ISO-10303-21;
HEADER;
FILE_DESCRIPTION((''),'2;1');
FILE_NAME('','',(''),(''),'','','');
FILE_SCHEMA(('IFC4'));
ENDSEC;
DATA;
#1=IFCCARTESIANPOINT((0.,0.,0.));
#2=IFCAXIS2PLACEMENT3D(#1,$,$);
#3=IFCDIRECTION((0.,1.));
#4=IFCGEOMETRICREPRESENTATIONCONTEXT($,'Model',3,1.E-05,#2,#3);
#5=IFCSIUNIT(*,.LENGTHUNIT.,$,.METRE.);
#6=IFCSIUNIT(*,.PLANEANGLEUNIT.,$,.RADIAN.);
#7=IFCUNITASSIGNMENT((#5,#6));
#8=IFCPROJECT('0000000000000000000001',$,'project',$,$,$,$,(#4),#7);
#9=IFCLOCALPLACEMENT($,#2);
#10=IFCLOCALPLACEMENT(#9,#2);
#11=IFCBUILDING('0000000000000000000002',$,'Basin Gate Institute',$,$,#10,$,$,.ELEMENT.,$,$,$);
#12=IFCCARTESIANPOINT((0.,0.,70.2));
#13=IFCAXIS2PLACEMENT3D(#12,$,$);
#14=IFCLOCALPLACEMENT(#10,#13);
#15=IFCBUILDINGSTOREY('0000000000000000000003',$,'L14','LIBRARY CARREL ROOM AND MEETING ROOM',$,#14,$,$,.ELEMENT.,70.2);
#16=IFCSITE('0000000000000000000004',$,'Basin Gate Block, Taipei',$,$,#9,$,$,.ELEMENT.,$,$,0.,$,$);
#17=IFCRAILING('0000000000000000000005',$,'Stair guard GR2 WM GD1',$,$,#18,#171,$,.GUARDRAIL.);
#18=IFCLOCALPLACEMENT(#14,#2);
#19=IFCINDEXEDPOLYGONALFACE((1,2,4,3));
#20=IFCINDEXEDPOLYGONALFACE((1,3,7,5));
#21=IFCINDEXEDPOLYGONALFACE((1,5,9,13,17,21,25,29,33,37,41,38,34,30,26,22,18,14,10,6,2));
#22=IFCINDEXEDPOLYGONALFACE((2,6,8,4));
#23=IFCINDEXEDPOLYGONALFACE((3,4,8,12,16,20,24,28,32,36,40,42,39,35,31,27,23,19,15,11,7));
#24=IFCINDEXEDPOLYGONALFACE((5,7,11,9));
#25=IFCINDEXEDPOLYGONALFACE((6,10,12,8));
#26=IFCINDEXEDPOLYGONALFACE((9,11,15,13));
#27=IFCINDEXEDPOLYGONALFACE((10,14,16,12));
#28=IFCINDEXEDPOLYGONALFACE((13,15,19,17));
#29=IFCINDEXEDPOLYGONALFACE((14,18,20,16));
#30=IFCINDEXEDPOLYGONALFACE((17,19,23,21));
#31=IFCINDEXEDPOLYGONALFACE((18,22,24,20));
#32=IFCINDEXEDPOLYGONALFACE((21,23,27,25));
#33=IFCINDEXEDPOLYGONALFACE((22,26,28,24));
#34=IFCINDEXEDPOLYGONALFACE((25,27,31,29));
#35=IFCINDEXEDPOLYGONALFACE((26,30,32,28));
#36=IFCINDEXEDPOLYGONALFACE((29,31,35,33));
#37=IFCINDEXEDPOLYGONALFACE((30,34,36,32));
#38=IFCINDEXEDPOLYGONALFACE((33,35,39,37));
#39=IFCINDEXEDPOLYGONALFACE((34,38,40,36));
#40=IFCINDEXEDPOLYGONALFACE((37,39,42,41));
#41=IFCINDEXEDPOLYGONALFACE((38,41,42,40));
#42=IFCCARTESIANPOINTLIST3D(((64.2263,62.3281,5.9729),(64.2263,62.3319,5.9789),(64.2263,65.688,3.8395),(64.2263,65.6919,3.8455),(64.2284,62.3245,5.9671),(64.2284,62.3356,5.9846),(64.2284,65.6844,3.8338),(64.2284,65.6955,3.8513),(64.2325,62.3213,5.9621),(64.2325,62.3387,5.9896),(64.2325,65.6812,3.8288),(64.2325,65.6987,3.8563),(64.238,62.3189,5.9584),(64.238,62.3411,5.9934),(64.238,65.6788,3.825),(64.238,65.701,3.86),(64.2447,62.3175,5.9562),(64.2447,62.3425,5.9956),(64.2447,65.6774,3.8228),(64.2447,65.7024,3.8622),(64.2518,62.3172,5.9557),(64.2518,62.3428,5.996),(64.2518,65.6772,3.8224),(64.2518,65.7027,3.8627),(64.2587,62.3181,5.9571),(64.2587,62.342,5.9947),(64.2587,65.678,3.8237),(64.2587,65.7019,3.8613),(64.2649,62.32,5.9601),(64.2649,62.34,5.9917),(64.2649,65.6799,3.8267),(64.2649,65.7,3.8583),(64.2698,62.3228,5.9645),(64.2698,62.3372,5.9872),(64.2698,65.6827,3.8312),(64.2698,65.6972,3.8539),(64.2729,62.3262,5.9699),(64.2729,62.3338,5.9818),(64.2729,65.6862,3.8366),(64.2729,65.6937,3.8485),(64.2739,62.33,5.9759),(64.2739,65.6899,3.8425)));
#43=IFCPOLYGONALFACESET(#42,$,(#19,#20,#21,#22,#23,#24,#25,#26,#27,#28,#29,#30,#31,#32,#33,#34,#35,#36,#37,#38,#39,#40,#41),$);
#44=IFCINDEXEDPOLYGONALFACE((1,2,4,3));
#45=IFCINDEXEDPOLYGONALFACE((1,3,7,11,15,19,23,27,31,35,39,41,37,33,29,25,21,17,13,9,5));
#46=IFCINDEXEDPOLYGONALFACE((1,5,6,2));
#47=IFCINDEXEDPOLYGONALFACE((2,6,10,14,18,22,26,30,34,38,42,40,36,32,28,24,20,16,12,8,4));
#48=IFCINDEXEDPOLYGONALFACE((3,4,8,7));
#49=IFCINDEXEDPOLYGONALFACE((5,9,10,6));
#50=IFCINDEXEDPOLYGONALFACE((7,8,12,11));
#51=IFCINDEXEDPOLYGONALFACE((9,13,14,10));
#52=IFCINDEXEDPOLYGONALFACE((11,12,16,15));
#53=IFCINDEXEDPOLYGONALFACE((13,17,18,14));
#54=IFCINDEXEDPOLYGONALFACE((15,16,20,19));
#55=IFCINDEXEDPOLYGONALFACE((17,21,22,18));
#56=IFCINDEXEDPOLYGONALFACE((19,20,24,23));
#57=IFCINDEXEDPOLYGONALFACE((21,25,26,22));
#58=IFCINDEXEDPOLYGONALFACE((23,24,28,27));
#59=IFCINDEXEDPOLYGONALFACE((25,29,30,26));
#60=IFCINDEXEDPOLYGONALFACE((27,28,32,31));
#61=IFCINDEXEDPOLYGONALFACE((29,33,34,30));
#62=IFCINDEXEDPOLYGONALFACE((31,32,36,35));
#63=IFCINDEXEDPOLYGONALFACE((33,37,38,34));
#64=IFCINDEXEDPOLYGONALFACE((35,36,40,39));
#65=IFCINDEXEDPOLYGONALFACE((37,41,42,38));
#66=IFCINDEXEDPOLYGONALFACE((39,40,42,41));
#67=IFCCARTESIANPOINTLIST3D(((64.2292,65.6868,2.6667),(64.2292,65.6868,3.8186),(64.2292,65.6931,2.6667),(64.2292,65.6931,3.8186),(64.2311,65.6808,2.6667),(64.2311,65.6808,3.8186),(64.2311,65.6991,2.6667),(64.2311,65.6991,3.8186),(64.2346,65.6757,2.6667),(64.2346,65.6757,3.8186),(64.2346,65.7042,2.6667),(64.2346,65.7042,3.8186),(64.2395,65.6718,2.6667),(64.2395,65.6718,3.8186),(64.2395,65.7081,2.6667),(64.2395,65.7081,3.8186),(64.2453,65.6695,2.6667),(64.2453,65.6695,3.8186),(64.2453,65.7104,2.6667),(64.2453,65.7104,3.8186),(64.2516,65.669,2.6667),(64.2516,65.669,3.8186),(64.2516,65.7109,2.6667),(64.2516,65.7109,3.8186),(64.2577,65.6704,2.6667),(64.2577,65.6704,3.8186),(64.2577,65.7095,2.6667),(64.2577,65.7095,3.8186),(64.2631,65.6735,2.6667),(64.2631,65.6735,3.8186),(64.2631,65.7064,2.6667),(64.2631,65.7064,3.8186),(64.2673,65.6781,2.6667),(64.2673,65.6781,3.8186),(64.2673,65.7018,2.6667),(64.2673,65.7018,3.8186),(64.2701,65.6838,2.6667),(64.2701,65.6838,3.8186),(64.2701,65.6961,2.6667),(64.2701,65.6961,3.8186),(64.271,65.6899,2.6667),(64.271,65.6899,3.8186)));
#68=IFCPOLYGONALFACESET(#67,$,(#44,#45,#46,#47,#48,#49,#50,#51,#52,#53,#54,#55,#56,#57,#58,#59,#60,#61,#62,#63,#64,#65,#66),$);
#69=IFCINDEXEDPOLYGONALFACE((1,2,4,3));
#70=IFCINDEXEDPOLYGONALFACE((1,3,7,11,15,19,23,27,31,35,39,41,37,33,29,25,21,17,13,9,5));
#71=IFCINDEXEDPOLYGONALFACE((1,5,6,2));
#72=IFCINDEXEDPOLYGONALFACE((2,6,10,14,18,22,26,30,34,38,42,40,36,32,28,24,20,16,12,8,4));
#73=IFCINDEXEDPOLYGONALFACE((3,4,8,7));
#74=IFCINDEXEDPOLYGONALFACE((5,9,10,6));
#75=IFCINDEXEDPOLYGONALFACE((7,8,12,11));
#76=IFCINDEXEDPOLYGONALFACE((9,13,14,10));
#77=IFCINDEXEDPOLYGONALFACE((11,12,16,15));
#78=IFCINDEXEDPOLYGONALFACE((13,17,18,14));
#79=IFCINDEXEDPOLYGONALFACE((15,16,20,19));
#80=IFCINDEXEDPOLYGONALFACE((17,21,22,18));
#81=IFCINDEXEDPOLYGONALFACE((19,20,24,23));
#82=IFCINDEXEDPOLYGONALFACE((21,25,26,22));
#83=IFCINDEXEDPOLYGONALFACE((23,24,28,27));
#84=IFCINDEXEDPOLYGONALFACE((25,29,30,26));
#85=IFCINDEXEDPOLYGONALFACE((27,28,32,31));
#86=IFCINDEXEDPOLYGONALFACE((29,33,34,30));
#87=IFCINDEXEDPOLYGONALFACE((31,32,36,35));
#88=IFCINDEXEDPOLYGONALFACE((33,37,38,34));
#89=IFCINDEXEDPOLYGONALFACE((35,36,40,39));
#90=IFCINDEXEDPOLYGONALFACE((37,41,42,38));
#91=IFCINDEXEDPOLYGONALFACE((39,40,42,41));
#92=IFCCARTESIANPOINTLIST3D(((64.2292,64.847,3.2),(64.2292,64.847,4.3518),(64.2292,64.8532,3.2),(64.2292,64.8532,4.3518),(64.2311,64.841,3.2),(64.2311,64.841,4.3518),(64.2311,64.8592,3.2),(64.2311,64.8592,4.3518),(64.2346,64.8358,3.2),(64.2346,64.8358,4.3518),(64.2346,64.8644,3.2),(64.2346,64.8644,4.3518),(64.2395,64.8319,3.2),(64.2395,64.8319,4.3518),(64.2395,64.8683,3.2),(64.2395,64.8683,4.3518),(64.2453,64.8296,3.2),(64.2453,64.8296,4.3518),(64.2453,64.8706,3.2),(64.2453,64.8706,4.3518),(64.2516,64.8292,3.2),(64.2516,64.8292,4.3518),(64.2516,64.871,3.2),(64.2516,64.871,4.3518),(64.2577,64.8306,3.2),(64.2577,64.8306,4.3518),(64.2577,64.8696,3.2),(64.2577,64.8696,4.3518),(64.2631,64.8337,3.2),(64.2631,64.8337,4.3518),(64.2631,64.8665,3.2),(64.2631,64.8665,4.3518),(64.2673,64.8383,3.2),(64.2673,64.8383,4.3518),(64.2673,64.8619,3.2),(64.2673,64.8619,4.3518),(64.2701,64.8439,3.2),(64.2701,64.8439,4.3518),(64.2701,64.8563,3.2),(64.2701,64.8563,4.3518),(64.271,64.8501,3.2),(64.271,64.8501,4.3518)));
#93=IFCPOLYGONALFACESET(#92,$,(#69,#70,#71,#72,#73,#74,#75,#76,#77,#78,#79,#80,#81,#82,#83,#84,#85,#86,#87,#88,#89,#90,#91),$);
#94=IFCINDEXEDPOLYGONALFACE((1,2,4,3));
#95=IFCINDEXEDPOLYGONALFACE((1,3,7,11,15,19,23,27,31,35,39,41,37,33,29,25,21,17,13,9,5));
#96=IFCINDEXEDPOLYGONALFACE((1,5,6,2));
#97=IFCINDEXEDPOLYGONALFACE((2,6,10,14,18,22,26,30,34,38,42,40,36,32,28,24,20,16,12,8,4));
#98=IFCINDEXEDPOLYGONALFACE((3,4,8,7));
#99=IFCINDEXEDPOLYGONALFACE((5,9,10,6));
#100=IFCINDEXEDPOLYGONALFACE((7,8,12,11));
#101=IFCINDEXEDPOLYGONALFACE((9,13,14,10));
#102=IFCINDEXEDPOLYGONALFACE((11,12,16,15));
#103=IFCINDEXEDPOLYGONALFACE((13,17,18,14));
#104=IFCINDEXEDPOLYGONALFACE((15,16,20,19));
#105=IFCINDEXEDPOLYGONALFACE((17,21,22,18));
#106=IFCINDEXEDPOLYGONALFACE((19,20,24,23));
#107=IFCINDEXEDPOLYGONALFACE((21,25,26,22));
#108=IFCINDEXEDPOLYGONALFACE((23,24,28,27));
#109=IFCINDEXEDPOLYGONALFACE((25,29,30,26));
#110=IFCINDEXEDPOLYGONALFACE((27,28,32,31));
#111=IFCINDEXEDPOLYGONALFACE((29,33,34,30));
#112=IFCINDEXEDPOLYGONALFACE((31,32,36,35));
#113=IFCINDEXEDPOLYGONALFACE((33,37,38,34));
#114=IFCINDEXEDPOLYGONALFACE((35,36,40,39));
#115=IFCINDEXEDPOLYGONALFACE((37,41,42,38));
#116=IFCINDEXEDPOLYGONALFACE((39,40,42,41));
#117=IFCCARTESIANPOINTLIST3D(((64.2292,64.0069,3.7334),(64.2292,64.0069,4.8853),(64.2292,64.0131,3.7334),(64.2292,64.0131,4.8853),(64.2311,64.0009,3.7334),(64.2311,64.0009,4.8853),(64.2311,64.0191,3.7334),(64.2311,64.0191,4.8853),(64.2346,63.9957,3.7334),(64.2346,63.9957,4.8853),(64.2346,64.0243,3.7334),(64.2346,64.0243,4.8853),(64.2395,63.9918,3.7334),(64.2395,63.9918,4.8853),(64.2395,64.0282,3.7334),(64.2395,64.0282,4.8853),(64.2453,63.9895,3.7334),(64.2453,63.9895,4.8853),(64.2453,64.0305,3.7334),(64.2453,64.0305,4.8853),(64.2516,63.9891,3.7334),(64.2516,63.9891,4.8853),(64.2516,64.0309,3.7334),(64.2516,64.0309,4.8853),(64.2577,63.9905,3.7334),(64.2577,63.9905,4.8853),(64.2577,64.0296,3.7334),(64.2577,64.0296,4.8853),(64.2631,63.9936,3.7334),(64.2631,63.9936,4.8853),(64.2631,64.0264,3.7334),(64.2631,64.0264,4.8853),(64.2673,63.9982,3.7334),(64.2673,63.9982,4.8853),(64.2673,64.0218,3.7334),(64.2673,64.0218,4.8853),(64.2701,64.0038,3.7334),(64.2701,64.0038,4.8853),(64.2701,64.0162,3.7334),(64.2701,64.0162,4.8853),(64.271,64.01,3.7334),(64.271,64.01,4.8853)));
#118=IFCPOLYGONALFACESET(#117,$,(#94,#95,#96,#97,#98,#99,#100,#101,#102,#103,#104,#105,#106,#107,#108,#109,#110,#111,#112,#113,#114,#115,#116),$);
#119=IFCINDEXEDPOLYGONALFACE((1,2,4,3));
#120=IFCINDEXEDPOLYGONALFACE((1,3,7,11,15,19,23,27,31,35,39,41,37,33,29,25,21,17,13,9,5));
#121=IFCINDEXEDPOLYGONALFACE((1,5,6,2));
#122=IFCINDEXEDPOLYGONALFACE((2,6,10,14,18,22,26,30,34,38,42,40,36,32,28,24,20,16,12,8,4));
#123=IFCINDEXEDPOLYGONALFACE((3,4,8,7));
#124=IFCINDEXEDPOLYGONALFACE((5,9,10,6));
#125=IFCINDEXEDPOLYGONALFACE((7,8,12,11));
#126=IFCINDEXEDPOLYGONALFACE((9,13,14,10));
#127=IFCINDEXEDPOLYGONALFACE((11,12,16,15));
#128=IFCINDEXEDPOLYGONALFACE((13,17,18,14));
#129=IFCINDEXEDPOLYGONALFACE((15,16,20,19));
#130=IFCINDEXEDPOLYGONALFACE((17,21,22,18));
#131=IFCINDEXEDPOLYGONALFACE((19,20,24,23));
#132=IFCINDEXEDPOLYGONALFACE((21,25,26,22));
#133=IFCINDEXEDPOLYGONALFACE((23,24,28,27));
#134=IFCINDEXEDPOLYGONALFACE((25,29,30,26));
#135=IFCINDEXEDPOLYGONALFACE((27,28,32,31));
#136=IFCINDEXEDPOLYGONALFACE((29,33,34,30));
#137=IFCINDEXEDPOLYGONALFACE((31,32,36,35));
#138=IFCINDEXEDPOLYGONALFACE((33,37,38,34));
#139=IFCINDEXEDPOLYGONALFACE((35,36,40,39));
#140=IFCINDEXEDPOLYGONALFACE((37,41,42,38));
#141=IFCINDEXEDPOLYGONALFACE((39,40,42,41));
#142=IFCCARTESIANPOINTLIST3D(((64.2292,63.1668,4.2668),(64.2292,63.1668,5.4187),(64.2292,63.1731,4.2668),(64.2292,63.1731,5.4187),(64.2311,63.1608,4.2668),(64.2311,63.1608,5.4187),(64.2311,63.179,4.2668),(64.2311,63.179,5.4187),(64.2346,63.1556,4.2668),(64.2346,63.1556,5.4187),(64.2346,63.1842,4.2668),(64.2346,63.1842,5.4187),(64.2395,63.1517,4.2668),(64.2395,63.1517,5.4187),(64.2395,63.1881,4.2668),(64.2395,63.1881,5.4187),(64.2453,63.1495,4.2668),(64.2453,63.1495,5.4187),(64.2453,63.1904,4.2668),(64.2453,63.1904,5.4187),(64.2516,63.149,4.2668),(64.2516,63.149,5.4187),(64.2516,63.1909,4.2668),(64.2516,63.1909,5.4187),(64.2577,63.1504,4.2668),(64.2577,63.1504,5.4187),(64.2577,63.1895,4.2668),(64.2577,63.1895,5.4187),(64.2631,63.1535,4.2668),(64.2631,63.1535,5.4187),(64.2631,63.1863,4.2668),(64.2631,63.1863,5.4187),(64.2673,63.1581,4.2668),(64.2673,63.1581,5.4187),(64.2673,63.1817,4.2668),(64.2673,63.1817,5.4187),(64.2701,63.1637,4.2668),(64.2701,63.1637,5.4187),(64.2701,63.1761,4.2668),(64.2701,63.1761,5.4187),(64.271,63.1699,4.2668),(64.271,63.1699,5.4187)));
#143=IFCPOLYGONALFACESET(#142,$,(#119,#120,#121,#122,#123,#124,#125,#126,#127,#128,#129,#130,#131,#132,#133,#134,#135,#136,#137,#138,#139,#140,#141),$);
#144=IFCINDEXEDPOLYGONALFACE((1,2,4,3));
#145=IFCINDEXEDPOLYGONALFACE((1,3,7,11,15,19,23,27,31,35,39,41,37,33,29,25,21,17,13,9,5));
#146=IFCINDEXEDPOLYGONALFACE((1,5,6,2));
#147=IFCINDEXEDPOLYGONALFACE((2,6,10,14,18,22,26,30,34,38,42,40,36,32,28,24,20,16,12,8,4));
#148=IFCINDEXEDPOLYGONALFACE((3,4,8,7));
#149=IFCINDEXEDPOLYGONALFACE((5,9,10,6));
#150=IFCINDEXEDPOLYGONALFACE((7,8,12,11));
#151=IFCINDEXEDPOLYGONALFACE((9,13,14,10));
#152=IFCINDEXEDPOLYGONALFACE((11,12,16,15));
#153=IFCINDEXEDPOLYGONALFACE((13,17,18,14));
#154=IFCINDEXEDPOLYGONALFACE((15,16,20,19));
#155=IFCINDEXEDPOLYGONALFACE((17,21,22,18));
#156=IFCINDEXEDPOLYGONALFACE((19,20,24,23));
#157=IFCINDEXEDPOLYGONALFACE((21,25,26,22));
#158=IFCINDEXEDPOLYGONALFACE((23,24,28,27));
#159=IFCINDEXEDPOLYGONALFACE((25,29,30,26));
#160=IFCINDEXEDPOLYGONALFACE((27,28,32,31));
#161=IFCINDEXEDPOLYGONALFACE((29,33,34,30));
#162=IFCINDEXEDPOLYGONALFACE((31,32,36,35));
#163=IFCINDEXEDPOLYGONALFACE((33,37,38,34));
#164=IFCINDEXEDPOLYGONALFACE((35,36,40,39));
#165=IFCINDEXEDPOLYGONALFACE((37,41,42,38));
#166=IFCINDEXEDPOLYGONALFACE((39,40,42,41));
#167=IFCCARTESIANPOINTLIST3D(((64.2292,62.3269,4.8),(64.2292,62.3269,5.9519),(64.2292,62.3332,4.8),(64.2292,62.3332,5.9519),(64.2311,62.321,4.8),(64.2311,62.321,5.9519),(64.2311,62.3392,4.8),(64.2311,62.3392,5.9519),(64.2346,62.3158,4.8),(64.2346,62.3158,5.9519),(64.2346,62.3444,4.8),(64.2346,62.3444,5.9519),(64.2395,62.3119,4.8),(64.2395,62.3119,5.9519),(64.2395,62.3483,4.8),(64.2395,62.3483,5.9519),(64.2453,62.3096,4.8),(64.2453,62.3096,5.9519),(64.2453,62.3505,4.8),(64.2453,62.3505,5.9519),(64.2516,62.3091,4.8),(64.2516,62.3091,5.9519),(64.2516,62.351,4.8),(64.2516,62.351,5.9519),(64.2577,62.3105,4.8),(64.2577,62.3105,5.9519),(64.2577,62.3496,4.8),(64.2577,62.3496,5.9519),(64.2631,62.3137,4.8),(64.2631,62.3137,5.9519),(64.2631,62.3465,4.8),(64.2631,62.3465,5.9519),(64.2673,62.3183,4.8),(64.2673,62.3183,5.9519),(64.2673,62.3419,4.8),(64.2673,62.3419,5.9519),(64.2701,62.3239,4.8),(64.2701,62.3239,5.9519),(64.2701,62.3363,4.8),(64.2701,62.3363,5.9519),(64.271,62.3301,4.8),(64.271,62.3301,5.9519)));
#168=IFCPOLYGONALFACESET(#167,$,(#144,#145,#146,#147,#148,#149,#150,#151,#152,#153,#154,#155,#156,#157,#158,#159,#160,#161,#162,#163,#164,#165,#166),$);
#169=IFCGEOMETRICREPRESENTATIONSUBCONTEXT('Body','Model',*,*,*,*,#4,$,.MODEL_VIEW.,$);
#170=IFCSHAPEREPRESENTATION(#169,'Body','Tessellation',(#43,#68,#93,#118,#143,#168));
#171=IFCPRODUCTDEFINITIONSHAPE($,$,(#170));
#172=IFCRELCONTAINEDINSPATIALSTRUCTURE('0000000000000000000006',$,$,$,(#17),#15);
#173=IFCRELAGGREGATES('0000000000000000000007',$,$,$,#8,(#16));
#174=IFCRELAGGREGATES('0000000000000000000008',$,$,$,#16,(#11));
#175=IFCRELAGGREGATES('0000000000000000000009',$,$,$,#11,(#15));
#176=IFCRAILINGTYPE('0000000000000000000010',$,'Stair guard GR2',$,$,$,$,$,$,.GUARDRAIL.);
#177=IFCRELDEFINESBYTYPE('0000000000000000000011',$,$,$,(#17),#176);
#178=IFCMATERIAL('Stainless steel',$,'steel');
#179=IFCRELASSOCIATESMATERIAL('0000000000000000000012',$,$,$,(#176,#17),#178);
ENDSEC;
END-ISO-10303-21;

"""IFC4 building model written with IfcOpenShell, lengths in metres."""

from ifc_helpers import new_model, si_unit, direction, frame, origin, origin_2d, place, context, subcontext, project, spatial, circle, extrude, material, type_object, element, save


model = new_model("IFC4")

# Units and contexts
model_context = context("Model", 3, precision=1e-05, world=origin(), true_north=direction((0.0, 1.0)))
body_context = subcontext(model_context, "Body", "Model", "MODEL_VIEW")
ifc_project = project(units=[si_unit("LENGTHUNIT", "METRE"), si_unit("PLANEANGLEUNIT", "RADIAN")], contexts=[model_context])

# Site, building, storey
site_placement = place(None, origin())
site = spatial("IfcSite", under=ifc_project, at=site_placement, Name="Basin Gate Block, Taipei", CompositionType="ELEMENT", RefElevation=0.0)
building_placement = place(site_placement, origin())
building = spatial("IfcBuilding", under=site, at=building_placement, Name="Basin Gate Institute", CompositionType="ELEMENT")
storey_placement = place(building_placement, frame((0.0, 0.0, 70.2)))
storey = spatial("IfcBuildingStorey", under=building, at=storey_placement, Name="L14", Description="LIBRARY CARREL ROOM AND MEETING ROOM", CompositionType="ELEMENT", Elevation=70.2)

# Railing
ifc_material_1 = material(Name="Stainless steel", Category="steel")
railing_type_1 = type_object("IfcRailingType", Name="Stair guard GR2", PredefinedType="GUARDRAIL", material=ifc_material_1)
railing_1_placement = place(storey_placement, frame((64.25, 65.6899, 2.6667)))
element("IfcRailing", 1, at=railing_1_placement, inside=storey, type_object=railing_type_1, material=ifc_material_1, Name="Stair guard GR2 WM GD1", PredefinedType="GUARDRAIL", context=body_context, shape_type="SweptSolid", body=[
    extrude(circle(Radius=0.0239, at=origin_2d()), frame((0.0, 0.0, 1.1758), z_axis=(0.0, -0.844207, 0.536018), x_axis=(1.0, 0.0, 0.0)), (0.0, 0.0, 1.0), 3.98),
    extrude(circle(Radius=0.021, at=origin_2d()), origin(), (0.0, 0.0, 1.0), 1.1519),
    extrude(circle(Radius=0.021, at=origin_2d()), frame((0.0, -0.8398, 0.5332)), (0.0, 0.0, 1.0), 1.1519),
    extrude(circle(Radius=0.021, at=origin_2d()), frame((0.0, -1.6799, 1.0667)), (0.0, 0.0, 1.0), 1.1519),
    extrude(circle(Radius=0.021, at=origin_2d()), frame((0.0, -2.52, 1.6001)), (0.0, 0.0, 1.0), 1.1519),
    extrude(circle(Radius=0.021, at=origin_2d()), frame((0.0, -3.3599, 2.1333)), (0.0, 0.0, 1.0), 1.1519),
])

save(model, "model.ifc")
